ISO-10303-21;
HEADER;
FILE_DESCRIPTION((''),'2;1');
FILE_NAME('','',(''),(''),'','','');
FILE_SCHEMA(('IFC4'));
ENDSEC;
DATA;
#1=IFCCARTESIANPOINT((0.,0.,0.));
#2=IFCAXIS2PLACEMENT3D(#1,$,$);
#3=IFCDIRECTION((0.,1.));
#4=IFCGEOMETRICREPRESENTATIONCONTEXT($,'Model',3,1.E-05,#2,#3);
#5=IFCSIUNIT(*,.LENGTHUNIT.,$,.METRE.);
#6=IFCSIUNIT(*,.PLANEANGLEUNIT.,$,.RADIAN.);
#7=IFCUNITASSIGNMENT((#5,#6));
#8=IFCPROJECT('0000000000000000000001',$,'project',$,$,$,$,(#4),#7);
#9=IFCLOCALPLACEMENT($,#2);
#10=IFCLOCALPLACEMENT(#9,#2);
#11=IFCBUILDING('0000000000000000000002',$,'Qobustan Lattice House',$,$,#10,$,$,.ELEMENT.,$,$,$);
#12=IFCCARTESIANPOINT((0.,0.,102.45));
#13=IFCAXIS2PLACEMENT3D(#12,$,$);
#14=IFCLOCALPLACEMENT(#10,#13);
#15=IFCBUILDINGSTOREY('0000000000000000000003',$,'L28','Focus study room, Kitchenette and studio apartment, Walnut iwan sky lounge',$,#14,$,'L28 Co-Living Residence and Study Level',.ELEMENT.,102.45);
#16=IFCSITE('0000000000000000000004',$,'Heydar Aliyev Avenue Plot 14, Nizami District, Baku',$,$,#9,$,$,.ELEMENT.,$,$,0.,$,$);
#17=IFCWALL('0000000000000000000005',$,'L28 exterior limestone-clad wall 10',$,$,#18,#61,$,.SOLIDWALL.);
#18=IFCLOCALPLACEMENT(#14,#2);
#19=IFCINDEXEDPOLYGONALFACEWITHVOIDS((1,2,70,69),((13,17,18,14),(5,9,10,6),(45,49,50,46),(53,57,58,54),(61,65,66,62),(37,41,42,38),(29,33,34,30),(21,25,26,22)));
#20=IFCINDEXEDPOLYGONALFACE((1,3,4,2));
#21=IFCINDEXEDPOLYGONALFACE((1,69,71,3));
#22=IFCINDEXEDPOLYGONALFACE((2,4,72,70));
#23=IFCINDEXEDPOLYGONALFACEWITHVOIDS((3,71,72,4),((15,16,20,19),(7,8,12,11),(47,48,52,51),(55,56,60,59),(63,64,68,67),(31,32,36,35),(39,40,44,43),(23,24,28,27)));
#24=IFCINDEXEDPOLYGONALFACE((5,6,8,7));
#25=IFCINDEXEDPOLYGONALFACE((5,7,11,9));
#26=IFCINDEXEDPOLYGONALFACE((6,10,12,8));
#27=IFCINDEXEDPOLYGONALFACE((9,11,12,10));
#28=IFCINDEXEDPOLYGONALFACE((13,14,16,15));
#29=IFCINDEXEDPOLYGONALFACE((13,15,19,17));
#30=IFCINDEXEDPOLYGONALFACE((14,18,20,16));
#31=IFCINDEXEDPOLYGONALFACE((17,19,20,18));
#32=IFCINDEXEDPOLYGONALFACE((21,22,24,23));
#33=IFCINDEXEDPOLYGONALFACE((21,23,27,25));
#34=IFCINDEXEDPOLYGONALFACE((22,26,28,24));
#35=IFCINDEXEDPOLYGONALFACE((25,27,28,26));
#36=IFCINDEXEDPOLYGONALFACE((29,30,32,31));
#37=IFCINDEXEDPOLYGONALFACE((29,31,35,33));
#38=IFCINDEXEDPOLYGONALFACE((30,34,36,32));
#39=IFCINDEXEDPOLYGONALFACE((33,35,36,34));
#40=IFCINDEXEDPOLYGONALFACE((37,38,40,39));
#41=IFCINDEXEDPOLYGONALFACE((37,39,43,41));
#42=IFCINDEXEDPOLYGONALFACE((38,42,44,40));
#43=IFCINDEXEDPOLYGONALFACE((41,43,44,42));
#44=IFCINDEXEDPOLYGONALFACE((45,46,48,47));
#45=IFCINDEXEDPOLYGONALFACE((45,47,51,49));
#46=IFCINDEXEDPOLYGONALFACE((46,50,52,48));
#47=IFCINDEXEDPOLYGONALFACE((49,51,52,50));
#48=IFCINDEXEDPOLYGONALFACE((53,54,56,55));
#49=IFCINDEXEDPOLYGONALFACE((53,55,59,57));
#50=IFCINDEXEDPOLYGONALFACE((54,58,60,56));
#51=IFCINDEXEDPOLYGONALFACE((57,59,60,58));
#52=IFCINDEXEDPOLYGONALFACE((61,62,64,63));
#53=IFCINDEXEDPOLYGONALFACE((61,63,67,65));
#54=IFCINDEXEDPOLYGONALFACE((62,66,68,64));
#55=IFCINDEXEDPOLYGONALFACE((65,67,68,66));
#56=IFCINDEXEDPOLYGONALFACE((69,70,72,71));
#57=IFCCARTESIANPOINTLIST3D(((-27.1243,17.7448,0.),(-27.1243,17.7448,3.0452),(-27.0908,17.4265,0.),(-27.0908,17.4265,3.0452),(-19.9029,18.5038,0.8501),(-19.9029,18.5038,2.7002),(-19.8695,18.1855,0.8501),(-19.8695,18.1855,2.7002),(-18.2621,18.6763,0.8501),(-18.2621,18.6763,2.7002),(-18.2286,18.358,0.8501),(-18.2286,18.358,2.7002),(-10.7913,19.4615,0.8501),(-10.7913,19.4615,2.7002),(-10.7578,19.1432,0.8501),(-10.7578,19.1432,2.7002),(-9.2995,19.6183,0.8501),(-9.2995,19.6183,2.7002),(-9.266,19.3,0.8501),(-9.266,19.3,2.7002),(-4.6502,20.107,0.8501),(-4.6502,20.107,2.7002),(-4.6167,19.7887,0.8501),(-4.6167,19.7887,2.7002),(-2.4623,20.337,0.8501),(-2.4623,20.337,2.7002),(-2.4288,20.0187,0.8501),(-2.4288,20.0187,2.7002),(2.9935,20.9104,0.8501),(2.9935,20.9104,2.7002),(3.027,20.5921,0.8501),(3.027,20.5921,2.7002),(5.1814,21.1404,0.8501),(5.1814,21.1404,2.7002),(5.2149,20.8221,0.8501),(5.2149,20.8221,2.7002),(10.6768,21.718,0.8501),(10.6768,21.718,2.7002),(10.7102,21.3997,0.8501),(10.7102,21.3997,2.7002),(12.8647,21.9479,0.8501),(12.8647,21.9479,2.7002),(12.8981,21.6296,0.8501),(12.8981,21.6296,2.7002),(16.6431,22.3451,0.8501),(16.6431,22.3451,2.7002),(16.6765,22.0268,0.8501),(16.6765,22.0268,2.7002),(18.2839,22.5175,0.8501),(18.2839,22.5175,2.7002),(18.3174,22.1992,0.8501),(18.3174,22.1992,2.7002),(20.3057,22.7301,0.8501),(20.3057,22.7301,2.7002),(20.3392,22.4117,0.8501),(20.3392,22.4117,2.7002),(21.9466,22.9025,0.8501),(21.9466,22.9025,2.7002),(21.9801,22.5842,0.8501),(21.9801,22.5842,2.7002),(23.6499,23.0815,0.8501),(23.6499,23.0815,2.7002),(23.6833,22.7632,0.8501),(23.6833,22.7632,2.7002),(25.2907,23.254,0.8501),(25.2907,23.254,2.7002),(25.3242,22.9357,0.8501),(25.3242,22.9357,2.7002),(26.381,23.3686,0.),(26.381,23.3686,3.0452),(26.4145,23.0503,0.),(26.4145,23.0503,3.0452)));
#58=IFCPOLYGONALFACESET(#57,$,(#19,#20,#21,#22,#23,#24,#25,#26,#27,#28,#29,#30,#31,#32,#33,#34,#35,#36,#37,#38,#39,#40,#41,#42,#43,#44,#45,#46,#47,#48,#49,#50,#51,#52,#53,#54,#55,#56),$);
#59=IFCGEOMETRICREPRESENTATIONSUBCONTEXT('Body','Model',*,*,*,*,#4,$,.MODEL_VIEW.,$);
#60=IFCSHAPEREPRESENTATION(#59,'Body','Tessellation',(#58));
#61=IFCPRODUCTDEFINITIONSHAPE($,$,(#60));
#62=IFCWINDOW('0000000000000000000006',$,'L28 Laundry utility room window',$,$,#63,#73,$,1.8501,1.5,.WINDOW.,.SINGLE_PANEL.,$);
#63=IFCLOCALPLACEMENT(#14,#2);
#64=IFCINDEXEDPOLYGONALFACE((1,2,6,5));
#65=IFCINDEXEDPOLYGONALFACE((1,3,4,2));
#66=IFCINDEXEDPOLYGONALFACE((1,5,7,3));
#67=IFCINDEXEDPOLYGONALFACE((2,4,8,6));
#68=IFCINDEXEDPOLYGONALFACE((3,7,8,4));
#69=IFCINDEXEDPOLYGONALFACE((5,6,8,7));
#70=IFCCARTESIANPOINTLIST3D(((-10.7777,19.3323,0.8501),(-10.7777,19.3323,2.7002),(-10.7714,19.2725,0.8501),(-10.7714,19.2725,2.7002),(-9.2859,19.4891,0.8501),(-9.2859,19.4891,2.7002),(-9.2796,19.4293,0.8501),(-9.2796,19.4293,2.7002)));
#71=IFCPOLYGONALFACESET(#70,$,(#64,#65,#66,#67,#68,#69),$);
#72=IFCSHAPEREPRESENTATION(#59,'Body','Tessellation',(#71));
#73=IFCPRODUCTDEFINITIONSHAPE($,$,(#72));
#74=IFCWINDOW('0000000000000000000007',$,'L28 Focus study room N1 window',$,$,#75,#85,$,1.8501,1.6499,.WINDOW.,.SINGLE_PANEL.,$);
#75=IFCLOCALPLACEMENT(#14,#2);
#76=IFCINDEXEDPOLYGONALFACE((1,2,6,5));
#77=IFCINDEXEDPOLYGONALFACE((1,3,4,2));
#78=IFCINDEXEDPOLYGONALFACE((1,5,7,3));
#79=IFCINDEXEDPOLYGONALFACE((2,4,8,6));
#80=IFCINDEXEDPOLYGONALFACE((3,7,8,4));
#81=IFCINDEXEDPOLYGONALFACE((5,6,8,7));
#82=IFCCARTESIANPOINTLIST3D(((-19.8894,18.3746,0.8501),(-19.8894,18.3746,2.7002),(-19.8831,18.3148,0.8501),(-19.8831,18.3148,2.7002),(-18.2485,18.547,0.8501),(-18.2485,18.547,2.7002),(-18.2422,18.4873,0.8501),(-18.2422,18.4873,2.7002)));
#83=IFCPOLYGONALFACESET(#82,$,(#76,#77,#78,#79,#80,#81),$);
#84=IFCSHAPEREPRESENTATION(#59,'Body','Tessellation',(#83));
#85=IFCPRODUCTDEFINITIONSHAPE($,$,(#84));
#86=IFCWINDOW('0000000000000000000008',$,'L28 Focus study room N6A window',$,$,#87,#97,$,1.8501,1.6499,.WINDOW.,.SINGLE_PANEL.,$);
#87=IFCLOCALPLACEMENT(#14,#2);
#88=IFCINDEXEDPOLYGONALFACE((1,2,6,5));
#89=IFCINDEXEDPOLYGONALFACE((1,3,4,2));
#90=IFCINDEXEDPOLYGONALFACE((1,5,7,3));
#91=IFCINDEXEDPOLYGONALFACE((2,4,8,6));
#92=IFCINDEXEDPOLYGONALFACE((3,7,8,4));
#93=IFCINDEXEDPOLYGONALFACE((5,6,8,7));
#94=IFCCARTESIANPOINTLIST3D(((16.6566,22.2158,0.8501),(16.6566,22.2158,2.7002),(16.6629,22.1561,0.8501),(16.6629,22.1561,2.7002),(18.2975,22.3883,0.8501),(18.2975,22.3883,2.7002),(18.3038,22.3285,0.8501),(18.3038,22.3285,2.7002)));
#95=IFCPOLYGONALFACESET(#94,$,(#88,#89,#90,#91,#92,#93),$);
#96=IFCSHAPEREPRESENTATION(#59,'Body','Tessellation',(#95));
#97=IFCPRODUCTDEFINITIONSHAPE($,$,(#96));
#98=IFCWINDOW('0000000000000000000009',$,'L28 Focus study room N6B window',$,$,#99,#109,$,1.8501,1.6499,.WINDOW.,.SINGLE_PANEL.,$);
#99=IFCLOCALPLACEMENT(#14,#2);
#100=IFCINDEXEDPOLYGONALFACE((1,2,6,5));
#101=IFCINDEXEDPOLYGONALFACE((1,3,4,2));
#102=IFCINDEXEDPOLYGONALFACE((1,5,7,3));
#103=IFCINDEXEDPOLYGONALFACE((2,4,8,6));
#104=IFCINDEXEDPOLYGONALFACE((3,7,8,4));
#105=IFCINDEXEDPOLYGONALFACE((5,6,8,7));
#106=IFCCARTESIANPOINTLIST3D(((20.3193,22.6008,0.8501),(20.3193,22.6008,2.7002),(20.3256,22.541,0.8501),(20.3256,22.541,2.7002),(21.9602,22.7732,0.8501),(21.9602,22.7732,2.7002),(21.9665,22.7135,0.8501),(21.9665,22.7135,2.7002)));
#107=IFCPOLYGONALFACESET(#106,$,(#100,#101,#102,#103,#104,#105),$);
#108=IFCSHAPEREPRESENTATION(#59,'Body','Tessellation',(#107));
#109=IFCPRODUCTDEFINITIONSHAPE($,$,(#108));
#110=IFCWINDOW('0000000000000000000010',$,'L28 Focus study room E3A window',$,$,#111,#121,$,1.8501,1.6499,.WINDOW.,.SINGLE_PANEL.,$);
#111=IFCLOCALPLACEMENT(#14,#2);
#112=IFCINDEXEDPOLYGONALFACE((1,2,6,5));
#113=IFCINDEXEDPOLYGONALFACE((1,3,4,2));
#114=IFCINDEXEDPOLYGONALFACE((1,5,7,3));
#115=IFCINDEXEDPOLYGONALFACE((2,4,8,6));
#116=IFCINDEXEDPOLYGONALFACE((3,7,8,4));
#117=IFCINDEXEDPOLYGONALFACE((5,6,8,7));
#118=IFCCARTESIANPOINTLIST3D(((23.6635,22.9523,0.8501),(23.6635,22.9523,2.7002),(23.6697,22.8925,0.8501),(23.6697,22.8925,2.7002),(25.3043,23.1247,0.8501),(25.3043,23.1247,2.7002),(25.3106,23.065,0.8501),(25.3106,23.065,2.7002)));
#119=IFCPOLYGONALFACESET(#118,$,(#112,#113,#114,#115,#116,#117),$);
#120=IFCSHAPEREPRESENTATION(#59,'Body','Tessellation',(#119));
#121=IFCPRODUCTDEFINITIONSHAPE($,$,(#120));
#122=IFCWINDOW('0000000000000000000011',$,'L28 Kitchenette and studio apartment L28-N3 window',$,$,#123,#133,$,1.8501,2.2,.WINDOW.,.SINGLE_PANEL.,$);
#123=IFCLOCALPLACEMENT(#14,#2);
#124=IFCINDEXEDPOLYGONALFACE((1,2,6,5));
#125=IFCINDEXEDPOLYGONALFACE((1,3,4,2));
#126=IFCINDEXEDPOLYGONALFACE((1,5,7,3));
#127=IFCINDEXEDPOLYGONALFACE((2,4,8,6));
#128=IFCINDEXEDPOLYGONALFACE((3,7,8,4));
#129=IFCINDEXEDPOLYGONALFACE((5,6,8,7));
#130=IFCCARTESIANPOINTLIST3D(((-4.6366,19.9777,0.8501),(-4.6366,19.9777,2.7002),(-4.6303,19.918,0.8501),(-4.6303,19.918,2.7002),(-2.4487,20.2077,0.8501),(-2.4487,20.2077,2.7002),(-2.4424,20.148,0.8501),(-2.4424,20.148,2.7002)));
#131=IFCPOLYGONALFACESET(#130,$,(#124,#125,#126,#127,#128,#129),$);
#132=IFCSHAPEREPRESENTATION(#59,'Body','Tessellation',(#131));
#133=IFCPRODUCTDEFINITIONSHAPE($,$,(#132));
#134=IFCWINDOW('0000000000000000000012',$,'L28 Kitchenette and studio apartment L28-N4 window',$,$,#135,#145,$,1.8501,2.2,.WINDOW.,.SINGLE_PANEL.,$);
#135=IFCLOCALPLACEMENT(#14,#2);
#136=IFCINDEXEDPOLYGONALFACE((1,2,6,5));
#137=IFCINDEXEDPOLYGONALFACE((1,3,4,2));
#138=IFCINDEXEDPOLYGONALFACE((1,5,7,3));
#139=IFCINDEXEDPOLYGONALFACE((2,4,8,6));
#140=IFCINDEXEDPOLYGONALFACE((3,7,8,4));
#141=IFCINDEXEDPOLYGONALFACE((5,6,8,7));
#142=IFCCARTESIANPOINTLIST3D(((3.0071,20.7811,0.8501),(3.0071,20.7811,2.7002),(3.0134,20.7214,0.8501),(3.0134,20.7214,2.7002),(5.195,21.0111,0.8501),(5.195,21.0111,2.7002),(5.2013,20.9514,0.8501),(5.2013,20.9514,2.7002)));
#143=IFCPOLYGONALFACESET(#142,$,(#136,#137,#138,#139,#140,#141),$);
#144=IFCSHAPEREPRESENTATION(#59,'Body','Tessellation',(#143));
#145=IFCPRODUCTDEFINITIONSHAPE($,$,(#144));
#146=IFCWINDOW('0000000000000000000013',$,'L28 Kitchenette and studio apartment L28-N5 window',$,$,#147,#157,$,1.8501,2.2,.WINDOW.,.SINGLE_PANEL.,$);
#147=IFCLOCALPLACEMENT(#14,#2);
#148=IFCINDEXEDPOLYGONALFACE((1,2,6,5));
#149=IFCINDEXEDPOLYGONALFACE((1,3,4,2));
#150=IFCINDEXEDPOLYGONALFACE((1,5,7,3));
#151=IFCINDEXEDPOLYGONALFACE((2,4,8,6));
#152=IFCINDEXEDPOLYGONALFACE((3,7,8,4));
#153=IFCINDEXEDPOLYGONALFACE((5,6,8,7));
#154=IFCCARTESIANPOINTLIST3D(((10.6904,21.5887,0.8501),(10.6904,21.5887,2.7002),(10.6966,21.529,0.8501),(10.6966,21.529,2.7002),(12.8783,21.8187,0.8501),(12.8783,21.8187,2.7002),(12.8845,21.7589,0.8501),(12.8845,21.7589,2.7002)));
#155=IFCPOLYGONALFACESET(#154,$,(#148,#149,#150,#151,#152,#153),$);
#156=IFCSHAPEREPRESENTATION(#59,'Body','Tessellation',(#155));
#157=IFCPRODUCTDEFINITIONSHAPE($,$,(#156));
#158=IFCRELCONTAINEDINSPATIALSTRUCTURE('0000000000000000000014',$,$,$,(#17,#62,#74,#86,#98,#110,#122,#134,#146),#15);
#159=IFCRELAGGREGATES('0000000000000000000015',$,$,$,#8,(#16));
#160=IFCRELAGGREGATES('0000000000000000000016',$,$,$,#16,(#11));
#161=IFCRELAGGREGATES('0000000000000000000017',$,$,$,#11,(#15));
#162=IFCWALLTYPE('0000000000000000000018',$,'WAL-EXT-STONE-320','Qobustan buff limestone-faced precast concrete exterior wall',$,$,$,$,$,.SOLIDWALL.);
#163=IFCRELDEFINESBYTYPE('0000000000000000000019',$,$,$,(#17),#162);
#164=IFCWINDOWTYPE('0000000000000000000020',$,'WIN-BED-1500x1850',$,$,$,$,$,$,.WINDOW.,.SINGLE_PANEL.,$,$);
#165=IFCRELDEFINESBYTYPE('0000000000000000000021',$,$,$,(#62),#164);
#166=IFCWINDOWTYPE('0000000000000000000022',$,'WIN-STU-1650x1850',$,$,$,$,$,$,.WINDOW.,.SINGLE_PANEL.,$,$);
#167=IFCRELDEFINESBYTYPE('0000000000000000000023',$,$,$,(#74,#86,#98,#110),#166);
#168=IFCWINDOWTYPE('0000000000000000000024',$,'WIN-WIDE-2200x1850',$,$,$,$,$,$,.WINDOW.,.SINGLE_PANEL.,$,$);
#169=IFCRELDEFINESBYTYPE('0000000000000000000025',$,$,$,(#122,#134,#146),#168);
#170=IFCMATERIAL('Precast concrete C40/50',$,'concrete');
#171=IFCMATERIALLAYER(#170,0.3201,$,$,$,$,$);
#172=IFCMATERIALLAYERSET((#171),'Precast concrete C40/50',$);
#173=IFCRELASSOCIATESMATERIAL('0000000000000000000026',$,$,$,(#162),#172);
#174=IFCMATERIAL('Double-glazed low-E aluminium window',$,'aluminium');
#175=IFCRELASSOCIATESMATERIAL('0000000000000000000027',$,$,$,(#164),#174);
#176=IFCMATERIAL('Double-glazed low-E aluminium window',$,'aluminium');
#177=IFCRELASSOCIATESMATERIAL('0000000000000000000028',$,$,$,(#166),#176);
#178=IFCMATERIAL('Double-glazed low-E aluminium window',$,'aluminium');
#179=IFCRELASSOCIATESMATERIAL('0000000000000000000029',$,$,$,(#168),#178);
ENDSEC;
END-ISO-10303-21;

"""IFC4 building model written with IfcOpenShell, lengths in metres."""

from ifc_helpers import new_model, si_unit, direction, frame, frame_2d, origin, place, context, subcontext, project, spatial, rectangle, extrude, material, layer, layer_set, type_object, element, fill, save


model = new_model("IFC4")

# Units and contexts
model_context = context("Model", 3, precision=1e-05, world=origin(), true_north=direction((0.0, 1.0)))
body_context = subcontext(model_context, "Body", "Model", "MODEL_VIEW")
ifc_project = project(units=[si_unit("LENGTHUNIT", "METRE"), si_unit("PLANEANGLEUNIT", "RADIAN")], contexts=[model_context])

# Site, building, storey
site_placement = place(None, origin())
site = spatial("IfcSite", under=ifc_project, at=site_placement, Name="Heydar Aliyev Avenue Plot 14, Nizami District, Baku", CompositionType="ELEMENT", RefElevation=0.0)
building_placement = place(site_placement, origin())
building = spatial("IfcBuilding", under=site, at=building_placement, Name="Qobustan Lattice House", CompositionType="ELEMENT")
storey_placement = place(building_placement, frame((0.0, 0.0, 102.45)))
storey = spatial("IfcBuildingStorey", under=building, at=storey_placement, Name="L28", Description="Focus study room, Kitchenette and studio apartment, Walnut iwan sky lounge", LongName="L28 Co-Living Residence and Study Level", CompositionType="ELEMENT", Elevation=102.45)

# Shared definitions
ifc_material_1 = material(Name="Precast concrete C40/50", Category="concrete")
ifc_layer_1 = layer(ifc_material_1, 0.3201)
ifc_layer_set_1 = layer_set([ifc_layer_1], Name="Precast concrete C40/50")
wall_type = type_object("IfcWallType", Name="WAL-EXT-STONE-320", Description="Qobustan buff limestone-faced precast concrete exterior wall", PredefinedType="SOLIDWALL", material=ifc_layer_set_1)

# Wall, openings, windows
wall_placement = place(storey_placement, frame((-27.1074, 17.5857, 0.0), z_axis=(0.0, 0.0, 1.0), x_axis=(0.994522, 0.104531, 0.0)))
wall = element("IfcWall", 1, at=wall_placement, inside=storey, type_object=wall_type, Name="L28 exterior limestone-clad wall 10", PredefinedType="SOLIDWALL", context=body_context, shape_type="SweptSolid", body=[
    extrude(rectangle(XDim=53.8, YDim=0.3201, at=frame_2d((26.8999, 0.0))), origin(), (0.0, 0.0, 1.0), 3.0452),
])
opening_1_placement = place(wall_placement, frame((7.261, 0.0, 0.8501)))
opening_1 = element("IfcOpeningElement", 2, at=opening_1_placement, cuts=wall, PredefinedType="OPENING", context=body_context, shape_type="SweptSolid", body=[
    extrude(rectangle(XDim=1.6499, YDim=1.8501, at=frame_2d((0.825, 0.925))), frame((0.0, 0.1699, 0.0), z_axis=(0.0, -1.0, 0.0), x_axis=(1.0, 0.0, 0.0)), (0.0, 0.0, 1.0), 0.3401),
])
opening_2_placement = place(wall_placement, frame((16.4229, 0.0, 0.8501)))
opening_2 = element("IfcOpeningElement", 3, at=opening_2_placement, cuts=wall, PredefinedType="OPENING", context=body_context, shape_type="SweptSolid", body=[
    extrude(rectangle(XDim=1.5, YDim=1.8501, at=frame_2d((0.75, 0.925))), frame((0.0, 0.1699, 0.0), z_axis=(0.0, -1.0, 0.0), x_axis=(1.0, 0.0, 0.0)), (0.0, 0.0, 1.0), 0.3401),
])
opening_3_placement = place(wall_placement, frame((22.5977, 0.0, 0.8501)))
opening_3 = element("IfcOpeningElement", 4, at=opening_3_placement, cuts=wall, PredefinedType="OPENING", context=body_context, shape_type="SweptSolid", body=[
    extrude(rectangle(XDim=2.2, YDim=1.8501, at=frame_2d((1.1001, 0.925))), frame((0.0, 0.1699, 0.0), z_axis=(0.0, -1.0, 0.0), x_axis=(1.0, 0.0, 0.0)), (0.0, 0.0, 1.0), 0.3401),
])
opening_4_placement = place(wall_placement, frame((30.2834, 0.0, 0.8501)))
opening_4 = element("IfcOpeningElement", 5, at=opening_4_placement, cuts=wall, PredefinedType="OPENING", context=body_context, shape_type="SweptSolid", body=[
    extrude(rectangle(XDim=2.2, YDim=1.8501, at=frame_2d((1.1001, 0.925))), frame((0.0, 0.1699, 0.0), z_axis=(0.0, -1.0, 0.0), x_axis=(1.0, 0.0, 0.0)), (0.0, 0.0, 1.0), 0.3401),
])
opening_5_placement = place(wall_placement, frame((38.009, 0.0, 0.8501)))
opening_5 = element("IfcOpeningElement", 6, at=opening_5_placement, cuts=wall, PredefinedType="OPENING", context=body_context, shape_type="SweptSolid", body=[
    extrude(rectangle(XDim=2.2, YDim=1.8501, at=frame_2d((1.1001, 0.925))), frame((0.0, 0.1699, 0.0), z_axis=(0.0, -1.0, 0.0), x_axis=(1.0, 0.0, 0.0)), (0.0, 0.0, 1.0), 0.3401),
])
opening_6_placement = place(wall_placement, frame((44.0083, 0.0, 0.8501)))
opening_6 = element("IfcOpeningElement", 7, at=opening_6_placement, cuts=wall, PredefinedType="OPENING", context=body_context, shape_type="SweptSolid", body=[
    extrude(rectangle(XDim=1.6499, YDim=1.8501, at=frame_2d((0.825, 0.925))), frame((0.0, 0.1699, 0.0), z_axis=(0.0, -1.0, 0.0), x_axis=(1.0, 0.0, 0.0)), (0.0, 0.0, 1.0), 0.3401),
])
opening_7_placement = place(wall_placement, frame((47.6912, 0.0, 0.8501)))
opening_7 = element("IfcOpeningElement", 8, at=opening_7_placement, cuts=wall, PredefinedType="OPENING", context=body_context, shape_type="SweptSolid", body=[
    extrude(rectangle(XDim=1.6499, YDim=1.8501, at=frame_2d((0.825, 0.925))), frame((0.0, 0.1699, 0.0), z_axis=(0.0, -1.0, 0.0), x_axis=(1.0, 0.0, 0.0)), (0.0, 0.0, 1.0), 0.3401),
])
opening_8_placement = place(wall_placement, frame((51.0537, 0.0, 0.8501)))
opening_8 = element("IfcOpeningElement", 9, at=opening_8_placement, cuts=wall, PredefinedType="OPENING", context=body_context, shape_type="SweptSolid", body=[
    extrude(rectangle(XDim=1.6499, YDim=1.8501, at=frame_2d((0.825, 0.925))), frame((0.0, 0.1699, 0.0), z_axis=(0.0, -1.0, 0.0), x_axis=(1.0, 0.0, 0.0)), (0.0, 0.0, 1.0), 0.3401),
])
ifc_material_2 = material(Name="Double-glazed low-E aluminium window", Category="aluminium")
window_type_1 = type_object("IfcWindowType", Name="WIN-BED-1500x1850", PartitioningType="SINGLE_PANEL", PredefinedType="WINDOW", material=ifc_material_2)
window_1_placement = place(opening_2_placement, origin())
window_1 = element("IfcWindow", 10, at=window_1_placement, inside=storey, type_object=window_type_1, Name="L28 Laundry utility room window", OverallHeight=1.8501, OverallWidth=1.5, PartitioningType="SINGLE_PANEL", PredefinedType="WINDOW", context=body_context, shape_type="SweptSolid", body=[
    extrude(rectangle(XDim=1.5, YDim=1.8501, at=frame_2d((0.75, 0.925))), frame((0.0, 0.03, 0.0), z_axis=(0.0, -1.0, 0.0), x_axis=(1.0, 0.0, 0.0)), (0.0, 0.0, 1.0), 0.0601),
])
fill(opening_2, window_1)
ifc_material_3 = material(Name="Double-glazed low-E aluminium window", Category="aluminium")
window_type_2 = type_object("IfcWindowType", Name="WIN-STU-1650x1850", PartitioningType="SINGLE_PANEL", PredefinedType="WINDOW", material=ifc_material_3)
window_2_placement = place(opening_1_placement, origin())
window_2 = element("IfcWindow", 11, at=window_2_placement, inside=storey, type_object=window_type_2, Name="L28 Focus study room N1 window", OverallHeight=1.8501, OverallWidth=1.6499, PartitioningType="SINGLE_PANEL", PredefinedType="WINDOW", context=body_context, shape_type="SweptSolid", body=[
    extrude(rectangle(XDim=1.6499, YDim=1.8501, at=frame_2d((0.825, 0.925))), frame((0.0, 0.03, 0.0), z_axis=(0.0, -1.0, 0.0), x_axis=(1.0, 0.0, 0.0)), (0.0, 0.0, 1.0), 0.0601),
])
fill(opening_1, window_2)
window_3_placement = place(opening_6_placement, origin())
window_3 = element("IfcWindow", 12, at=window_3_placement, inside=storey, type_object=window_type_2, Name="L28 Focus study room N6A window", OverallHeight=1.8501, OverallWidth=1.6499, PartitioningType="SINGLE_PANEL", PredefinedType="WINDOW", context=body_context, shape_type="SweptSolid", body=[
    extrude(rectangle(XDim=1.6499, YDim=1.8501, at=frame_2d((0.825, 0.925))), frame((0.0, 0.03, 0.0), z_axis=(0.0, -1.0, 0.0), x_axis=(1.0, 0.0, 0.0)), (0.0, 0.0, 1.0), 0.0601),
])
fill(opening_6, window_3)
window_4_placement = place(opening_7_placement, origin())
window_4 = element("IfcWindow", 13, at=window_4_placement, inside=storey, type_object=window_type_2, Name="L28 Focus study room N6B window", OverallHeight=1.8501, OverallWidth=1.6499, PartitioningType="SINGLE_PANEL", PredefinedType="WINDOW", context=body_context, shape_type="SweptSolid", body=[
    extrude(rectangle(XDim=1.6499, YDim=1.8501, at=frame_2d((0.825, 0.925))), frame((0.0, 0.03, 0.0), z_axis=(0.0, -1.0, 0.0), x_axis=(1.0, 0.0, 0.0)), (0.0, 0.0, 1.0), 0.0601),
])
fill(opening_7, window_4)
window_5_placement = place(opening_8_placement, origin())
window_5 = element("IfcWindow", 14, at=window_5_placement, inside=storey, type_object=window_type_2, Name="L28 Focus study room E3A window", OverallHeight=1.8501, OverallWidth=1.6499, PartitioningType="SINGLE_PANEL", PredefinedType="WINDOW", context=body_context, shape_type="SweptSolid", body=[
    extrude(rectangle(XDim=1.6499, YDim=1.8501, at=frame_2d((0.825, 0.925))), frame((0.0, 0.03, 0.0), z_axis=(0.0, -1.0, 0.0), x_axis=(1.0, 0.0, 0.0)), (0.0, 0.0, 1.0), 0.0601),
])
fill(opening_8, window_5)
ifc_material_4 = material(Name="Double-glazed low-E aluminium window", Category="aluminium")
window_type_3 = type_object("IfcWindowType", Name="WIN-WIDE-2200x1850", PartitioningType="SINGLE_PANEL", PredefinedType="WINDOW", material=ifc_material_4)
window_6_placement = place(opening_3_placement, origin())
window_6 = element("IfcWindow", 15, at=window_6_placement, inside=storey, type_object=window_type_3, Name="L28 Kitchenette and studio apartment L28-N3 window", OverallHeight=1.8501, OverallWidth=2.2, PartitioningType="SINGLE_PANEL", PredefinedType="WINDOW", context=body_context, shape_type="SweptSolid", body=[
    extrude(rectangle(XDim=2.2, YDim=1.8501, at=frame_2d((1.1001, 0.925))), frame((0.0, 0.03, 0.0), z_axis=(0.0, -1.0, 0.0), x_axis=(1.0, 0.0, 0.0)), (0.0, 0.0, 1.0), 0.0601),
])
fill(opening_3, window_6)
window_7_placement = place(opening_4_placement, origin())
window_7 = element("IfcWindow", 16, at=window_7_placement, inside=storey, type_object=window_type_3, Name="L28 Kitchenette and studio apartment L28-N4 window", OverallHeight=1.8501, OverallWidth=2.2, PartitioningType="SINGLE_PANEL", PredefinedType="WINDOW", context=body_context, shape_type="SweptSolid", body=[
    extrude(rectangle(XDim=2.2, YDim=1.8501, at=frame_2d((1.1001, 0.925))), frame((0.0, 0.03, 0.0), z_axis=(0.0, -1.0, 0.0), x_axis=(1.0, 0.0, 0.0)), (0.0, 0.0, 1.0), 0.0601),
])
fill(opening_4, window_7)
window_8_placement = place(opening_5_placement, origin())
window_8 = element("IfcWindow", 17, at=window_8_placement, inside=storey, type_object=window_type_3, Name="L28 Kitchenette and studio apartment L28-N5 window", OverallHeight=1.8501, OverallWidth=2.2, PartitioningType="SINGLE_PANEL", PredefinedType="WINDOW", context=body_context, shape_type="SweptSolid", body=[
    extrude(rectangle(XDim=2.2, YDim=1.8501, at=frame_2d((1.1001, 0.925))), frame((0.0, 0.03, 0.0), z_axis=(0.0, -1.0, 0.0), x_axis=(1.0, 0.0, 0.0)), (0.0, 0.0, 1.0), 0.0601),
])
fill(opening_5, window_8)

save(model, "model.ifc")
